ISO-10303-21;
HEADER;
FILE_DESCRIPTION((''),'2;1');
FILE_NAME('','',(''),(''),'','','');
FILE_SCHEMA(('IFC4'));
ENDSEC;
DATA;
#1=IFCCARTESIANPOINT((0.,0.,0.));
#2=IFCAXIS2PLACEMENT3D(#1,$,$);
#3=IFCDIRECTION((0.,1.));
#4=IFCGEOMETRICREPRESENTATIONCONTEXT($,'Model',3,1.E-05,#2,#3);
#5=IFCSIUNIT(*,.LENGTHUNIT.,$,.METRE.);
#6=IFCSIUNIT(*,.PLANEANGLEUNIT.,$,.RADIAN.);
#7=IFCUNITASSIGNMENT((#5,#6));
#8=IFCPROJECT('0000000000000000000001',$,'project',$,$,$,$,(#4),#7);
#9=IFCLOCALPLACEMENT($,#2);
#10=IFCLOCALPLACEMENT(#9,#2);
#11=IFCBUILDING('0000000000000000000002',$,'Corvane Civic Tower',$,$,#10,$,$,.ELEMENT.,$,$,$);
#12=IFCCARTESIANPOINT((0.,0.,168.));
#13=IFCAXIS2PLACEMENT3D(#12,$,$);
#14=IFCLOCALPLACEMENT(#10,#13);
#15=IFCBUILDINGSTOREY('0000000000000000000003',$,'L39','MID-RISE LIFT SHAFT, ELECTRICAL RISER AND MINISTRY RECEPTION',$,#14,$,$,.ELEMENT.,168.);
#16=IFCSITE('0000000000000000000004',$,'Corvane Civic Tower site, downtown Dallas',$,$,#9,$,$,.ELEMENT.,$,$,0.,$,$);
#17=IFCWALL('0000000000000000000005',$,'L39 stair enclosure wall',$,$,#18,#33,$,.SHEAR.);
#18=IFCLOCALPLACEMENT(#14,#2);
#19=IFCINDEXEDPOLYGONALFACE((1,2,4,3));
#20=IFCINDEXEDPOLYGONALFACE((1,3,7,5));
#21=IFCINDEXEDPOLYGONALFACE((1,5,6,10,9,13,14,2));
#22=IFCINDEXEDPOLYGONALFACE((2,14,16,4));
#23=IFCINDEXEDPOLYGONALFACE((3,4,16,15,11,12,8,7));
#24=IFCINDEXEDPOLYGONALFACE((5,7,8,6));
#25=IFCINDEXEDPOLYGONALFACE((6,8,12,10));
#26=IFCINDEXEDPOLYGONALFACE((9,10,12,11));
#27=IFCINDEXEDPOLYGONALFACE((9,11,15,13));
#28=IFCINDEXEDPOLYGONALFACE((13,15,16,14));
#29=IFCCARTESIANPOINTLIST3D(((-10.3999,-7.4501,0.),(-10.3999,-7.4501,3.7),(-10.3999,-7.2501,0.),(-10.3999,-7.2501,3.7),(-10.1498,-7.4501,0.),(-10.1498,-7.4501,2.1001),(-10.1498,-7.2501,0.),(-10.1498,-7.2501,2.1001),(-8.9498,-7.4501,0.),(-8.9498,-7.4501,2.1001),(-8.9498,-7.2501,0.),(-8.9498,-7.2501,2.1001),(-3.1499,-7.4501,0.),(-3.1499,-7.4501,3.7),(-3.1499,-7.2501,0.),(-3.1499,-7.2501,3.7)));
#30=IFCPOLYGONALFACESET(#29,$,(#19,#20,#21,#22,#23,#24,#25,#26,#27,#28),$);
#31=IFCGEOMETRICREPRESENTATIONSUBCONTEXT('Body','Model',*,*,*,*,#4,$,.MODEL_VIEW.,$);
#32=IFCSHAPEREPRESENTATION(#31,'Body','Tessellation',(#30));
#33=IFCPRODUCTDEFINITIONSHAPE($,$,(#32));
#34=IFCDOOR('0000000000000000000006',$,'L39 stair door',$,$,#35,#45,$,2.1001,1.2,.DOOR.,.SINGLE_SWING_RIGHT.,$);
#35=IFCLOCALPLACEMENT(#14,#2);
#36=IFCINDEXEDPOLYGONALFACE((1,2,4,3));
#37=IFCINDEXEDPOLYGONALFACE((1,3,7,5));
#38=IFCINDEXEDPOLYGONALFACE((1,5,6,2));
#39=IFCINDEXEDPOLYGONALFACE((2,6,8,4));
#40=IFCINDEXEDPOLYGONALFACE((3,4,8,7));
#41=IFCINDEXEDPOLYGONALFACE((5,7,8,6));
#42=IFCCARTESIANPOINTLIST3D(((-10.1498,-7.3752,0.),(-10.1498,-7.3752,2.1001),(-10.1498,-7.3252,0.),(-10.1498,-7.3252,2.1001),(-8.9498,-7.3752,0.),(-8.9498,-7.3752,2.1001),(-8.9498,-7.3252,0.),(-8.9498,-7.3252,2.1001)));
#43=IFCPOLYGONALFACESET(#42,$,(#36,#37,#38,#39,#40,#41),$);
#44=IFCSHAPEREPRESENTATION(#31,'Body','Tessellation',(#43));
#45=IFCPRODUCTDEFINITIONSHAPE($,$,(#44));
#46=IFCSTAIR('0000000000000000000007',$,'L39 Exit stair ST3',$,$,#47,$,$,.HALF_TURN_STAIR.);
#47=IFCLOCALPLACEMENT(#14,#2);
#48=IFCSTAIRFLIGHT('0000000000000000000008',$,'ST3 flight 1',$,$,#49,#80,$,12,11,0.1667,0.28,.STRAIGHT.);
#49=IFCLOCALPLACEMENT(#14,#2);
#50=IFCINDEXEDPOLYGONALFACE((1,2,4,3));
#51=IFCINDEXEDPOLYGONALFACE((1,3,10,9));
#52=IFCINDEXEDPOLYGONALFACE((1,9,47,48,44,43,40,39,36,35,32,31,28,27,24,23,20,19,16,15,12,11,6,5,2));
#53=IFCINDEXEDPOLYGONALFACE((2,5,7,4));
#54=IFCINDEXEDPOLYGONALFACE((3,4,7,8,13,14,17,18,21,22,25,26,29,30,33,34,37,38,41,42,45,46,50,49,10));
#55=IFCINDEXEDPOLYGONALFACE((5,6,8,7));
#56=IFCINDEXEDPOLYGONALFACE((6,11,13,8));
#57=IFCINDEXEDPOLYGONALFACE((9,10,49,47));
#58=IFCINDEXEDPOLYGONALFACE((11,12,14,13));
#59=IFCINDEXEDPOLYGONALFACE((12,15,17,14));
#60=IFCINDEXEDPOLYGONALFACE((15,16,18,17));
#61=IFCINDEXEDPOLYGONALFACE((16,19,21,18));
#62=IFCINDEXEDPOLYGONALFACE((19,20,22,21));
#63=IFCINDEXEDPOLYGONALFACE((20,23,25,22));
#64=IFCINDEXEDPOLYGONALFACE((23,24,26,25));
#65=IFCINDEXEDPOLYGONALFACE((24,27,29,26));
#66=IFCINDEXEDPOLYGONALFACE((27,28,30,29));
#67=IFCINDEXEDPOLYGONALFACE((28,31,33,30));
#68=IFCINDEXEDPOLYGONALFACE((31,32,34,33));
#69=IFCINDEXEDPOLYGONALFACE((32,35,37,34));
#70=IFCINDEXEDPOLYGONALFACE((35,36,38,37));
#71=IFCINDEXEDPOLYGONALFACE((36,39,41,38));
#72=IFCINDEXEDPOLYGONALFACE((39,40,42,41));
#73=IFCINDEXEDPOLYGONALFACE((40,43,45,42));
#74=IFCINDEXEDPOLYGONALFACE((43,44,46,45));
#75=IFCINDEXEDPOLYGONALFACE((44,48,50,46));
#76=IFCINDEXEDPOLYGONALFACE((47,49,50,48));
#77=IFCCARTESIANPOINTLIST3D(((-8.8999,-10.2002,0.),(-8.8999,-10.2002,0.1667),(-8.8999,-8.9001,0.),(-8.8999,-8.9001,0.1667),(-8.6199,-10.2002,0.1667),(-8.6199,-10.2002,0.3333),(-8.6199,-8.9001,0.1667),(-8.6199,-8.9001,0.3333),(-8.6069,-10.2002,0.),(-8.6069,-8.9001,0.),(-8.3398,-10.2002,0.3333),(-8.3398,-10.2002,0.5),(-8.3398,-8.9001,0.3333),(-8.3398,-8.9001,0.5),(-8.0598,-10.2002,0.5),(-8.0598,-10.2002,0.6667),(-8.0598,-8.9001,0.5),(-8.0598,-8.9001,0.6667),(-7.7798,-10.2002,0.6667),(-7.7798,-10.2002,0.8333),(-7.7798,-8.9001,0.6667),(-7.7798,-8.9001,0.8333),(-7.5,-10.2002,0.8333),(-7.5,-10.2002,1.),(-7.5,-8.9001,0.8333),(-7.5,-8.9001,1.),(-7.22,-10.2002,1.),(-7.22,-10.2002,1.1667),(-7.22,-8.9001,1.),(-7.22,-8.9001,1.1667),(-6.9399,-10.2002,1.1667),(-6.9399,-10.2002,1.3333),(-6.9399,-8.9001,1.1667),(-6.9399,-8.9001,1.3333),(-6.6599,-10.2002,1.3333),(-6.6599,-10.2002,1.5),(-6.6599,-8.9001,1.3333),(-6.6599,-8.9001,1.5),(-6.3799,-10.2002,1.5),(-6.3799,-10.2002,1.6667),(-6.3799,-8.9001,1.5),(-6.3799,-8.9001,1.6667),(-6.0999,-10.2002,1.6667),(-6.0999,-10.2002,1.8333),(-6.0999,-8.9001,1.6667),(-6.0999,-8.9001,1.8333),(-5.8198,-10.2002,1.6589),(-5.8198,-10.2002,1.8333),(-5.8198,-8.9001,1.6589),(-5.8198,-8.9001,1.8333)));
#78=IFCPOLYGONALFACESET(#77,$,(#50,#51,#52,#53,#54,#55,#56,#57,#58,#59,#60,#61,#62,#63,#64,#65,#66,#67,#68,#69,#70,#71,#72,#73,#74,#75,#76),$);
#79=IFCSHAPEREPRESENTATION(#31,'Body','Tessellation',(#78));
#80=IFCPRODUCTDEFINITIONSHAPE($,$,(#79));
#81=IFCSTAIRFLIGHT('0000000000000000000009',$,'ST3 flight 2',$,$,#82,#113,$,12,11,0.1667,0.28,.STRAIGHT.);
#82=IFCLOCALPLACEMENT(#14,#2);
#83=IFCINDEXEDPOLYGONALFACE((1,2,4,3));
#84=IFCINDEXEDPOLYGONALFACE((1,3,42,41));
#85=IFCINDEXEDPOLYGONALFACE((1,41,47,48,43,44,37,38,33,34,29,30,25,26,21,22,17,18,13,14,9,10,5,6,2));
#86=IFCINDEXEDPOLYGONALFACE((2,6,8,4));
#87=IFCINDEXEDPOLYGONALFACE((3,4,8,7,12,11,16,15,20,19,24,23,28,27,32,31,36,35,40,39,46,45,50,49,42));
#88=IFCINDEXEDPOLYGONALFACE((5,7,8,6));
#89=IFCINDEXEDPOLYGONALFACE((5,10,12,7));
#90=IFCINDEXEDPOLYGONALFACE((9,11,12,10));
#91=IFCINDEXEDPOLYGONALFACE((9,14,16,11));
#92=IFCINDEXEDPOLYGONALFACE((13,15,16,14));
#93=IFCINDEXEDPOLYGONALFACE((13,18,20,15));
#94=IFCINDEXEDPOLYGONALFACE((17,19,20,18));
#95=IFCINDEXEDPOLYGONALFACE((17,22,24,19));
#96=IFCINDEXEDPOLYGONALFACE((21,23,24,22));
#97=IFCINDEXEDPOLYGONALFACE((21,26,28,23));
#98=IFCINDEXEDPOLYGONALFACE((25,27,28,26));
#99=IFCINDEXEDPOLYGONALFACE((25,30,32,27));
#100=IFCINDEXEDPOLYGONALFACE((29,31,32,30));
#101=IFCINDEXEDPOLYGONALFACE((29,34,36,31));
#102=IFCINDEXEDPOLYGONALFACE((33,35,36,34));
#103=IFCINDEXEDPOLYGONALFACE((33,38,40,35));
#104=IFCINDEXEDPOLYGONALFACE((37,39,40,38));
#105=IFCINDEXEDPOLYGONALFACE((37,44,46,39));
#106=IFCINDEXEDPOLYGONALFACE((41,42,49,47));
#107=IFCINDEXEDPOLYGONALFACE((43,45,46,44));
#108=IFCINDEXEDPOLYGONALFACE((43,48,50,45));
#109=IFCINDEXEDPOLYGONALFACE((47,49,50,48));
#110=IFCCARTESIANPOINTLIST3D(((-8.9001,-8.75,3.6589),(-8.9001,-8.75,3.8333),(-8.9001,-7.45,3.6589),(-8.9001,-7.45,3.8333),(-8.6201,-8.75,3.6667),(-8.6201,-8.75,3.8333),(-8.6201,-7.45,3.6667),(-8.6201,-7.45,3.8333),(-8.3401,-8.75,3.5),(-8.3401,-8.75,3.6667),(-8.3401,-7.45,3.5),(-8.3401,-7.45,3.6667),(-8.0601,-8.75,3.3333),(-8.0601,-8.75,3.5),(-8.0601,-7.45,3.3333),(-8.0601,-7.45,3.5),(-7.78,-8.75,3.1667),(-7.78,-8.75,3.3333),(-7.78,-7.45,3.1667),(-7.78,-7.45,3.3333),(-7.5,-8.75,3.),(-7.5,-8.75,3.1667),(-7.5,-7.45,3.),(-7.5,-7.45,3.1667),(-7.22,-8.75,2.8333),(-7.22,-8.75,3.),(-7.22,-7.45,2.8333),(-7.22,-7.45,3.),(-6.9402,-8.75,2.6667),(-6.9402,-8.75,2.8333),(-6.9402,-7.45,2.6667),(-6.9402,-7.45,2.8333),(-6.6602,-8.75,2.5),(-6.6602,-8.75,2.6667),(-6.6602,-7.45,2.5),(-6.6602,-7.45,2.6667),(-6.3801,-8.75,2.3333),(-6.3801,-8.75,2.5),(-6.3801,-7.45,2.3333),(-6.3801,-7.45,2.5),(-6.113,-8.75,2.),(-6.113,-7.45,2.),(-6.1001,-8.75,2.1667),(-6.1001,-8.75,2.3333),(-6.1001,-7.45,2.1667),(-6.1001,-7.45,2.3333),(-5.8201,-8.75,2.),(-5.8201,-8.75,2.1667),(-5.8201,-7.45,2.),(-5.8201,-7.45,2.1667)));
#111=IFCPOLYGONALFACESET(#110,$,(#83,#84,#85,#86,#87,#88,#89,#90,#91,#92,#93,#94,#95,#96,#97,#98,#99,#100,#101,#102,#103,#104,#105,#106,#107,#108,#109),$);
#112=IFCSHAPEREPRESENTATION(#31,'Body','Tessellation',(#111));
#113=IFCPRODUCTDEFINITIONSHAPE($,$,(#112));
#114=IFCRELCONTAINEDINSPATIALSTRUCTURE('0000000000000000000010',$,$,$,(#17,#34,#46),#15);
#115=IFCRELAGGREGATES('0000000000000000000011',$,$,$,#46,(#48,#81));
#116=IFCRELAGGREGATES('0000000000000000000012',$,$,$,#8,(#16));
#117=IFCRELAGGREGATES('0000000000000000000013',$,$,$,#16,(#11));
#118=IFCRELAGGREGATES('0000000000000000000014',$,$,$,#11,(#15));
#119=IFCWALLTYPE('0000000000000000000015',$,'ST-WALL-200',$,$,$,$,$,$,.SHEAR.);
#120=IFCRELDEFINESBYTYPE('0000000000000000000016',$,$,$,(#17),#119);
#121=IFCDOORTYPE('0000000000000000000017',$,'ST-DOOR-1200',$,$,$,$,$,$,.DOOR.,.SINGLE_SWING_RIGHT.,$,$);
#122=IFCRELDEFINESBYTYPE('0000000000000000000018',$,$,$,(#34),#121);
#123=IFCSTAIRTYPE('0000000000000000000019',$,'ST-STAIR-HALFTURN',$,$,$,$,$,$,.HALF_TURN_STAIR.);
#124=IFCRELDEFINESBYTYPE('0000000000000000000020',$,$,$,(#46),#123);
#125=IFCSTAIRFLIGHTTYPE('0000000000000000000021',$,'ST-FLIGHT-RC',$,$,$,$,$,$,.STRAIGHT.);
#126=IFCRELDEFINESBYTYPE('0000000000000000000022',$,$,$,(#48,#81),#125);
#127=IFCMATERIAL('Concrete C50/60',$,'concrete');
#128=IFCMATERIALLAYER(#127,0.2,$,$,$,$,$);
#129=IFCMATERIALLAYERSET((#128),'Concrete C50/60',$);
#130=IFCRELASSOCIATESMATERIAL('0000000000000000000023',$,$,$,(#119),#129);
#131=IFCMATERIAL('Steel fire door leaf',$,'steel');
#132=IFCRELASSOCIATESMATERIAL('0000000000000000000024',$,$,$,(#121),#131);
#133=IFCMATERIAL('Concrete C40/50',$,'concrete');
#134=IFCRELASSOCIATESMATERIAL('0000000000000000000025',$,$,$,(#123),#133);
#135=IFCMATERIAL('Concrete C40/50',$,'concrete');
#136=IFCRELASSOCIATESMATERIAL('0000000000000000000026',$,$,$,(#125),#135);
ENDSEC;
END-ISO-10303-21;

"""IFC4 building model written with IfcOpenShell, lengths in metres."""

from ifc_helpers import new_model, si_unit, direction, frame, frame_2d, origin, place, context, subcontext, project, spatial, polyline, rectangle, outline, extrude, material, layer, layer_set, type_object, element, fill, aggregate, save


model = new_model("IFC4")

# Units and contexts
model_context = context("Model", 3, precision=1e-05, world=origin(), true_north=direction((0.0, 1.0)))
body_context = subcontext(model_context, "Body", "Model", "MODEL_VIEW")
ifc_project = project(units=[si_unit("LENGTHUNIT", "METRE"), si_unit("PLANEANGLEUNIT", "RADIAN")], contexts=[model_context])

# Site, building, storey
site_placement = place(None, origin())
site = spatial("IfcSite", under=ifc_project, at=site_placement, Name="Corvane Civic Tower site, downtown Dallas", CompositionType="ELEMENT", RefElevation=0.0)
building_placement = place(site_placement, origin())
building = spatial("IfcBuilding", under=site, at=building_placement, Name="Corvane Civic Tower", CompositionType="ELEMENT")
storey_placement = place(building_placement, frame((0.0, 0.0, 168.0)))
storey = spatial("IfcBuildingStorey", under=building, at=storey_placement, Name="L39", Description="MID-RISE LIFT SHAFT, ELECTRICAL RISER AND MINISTRY RECEPTION", CompositionType="ELEMENT", Elevation=168.0)

# Wall, opening, door
ifc_material_1 = material(Name="Concrete C50/60", Category="concrete")
ifc_layer_1 = layer(ifc_material_1, 0.2)
ifc_layer_set_1 = layer_set([ifc_layer_1], Name="Concrete C50/60")
wall_type_1 = type_object("IfcWallType", Name="ST-WALL-200", PredefinedType="SHEAR", material=ifc_layer_set_1)
wall_1_placement = place(storey_placement, frame((-10.3999, -7.3501, 0.0), z_axis=(0.0, 0.0, 1.0), x_axis=(1.0, 0.0, 0.0)))
wall_1 = element("IfcWall", 1, at=wall_1_placement, inside=storey, type_object=wall_type_1, Name="L39 stair enclosure wall", PredefinedType="SHEAR", context=body_context, shape_type="SweptSolid", body=[
    extrude(rectangle(XDim=7.25, YDim=0.2, at=frame_2d((3.625, 0.0))), origin(), (0.0, 0.0, 1.0), 3.7),
])
opening_1_placement = place(wall_1_placement, frame((0.25, 0.0, 0.0)))
opening_1 = element("IfcOpeningElement", 2, at=opening_1_placement, cuts=wall_1, PredefinedType="OPENING", context=body_context, shape_type="SweptSolid", body=[
    extrude(rectangle(XDim=1.2, YDim=2.1001, at=frame_2d((0.6001, 1.05))), frame((0.0, 0.1099, 0.0), z_axis=(0.0, -1.0, 0.0), x_axis=(1.0, 0.0, 0.0)), (0.0, 0.0, 1.0), 0.22),
])
ifc_material_2 = material(Name="Steel fire door leaf", Category="steel")
door_type_1 = type_object("IfcDoorType", Name="ST-DOOR-1200", OperationType="SINGLE_SWING_RIGHT", PredefinedType="DOOR", material=ifc_material_2)
door_1_placement = place(opening_1_placement, origin())
door_1 = element("IfcDoor", 3, at=door_1_placement, inside=storey, type_object=door_type_1, Name="L39 stair door", OperationType="SINGLE_SWING_RIGHT", OverallHeight=2.1001, OverallWidth=1.2, PredefinedType="DOOR", context=body_context, shape_type="SweptSolid", body=[
    extrude(rectangle(XDim=1.2, YDim=2.1001, at=frame_2d((0.6001, 1.05))), frame((0.0, 0.0249, 0.0), z_axis=(0.0, -1.0, 0.0), x_axis=(1.0, 0.0, 0.0)), (0.0, 0.0, 1.0), 0.05),
])
fill(opening_1, door_1)

# Stair, stair flights
ifc_material_3 = material(Name="Concrete C40/50", Category="concrete")
stair_type = type_object("IfcStairType", Name="ST-STAIR-HALFTURN", PredefinedType="HALF_TURN_STAIR", material=ifc_material_3)
stair_placement = place(storey_placement, origin())
stair = element("IfcStair", 4, at=stair_placement, inside=storey, type_object=stair_type, Name="L39 Exit stair ST3", PredefinedType="HALF_TURN_STAIR")
ifc_material_4 = material(Name="Concrete C40/50", Category="concrete")
stair_flight_type = type_object("IfcStairFlightType", Name="ST-FLIGHT-RC", PredefinedType="STRAIGHT", material=ifc_material_4)
stair_flight_1_placement = place(storey_placement, frame((-8.8999, -9.55, 0.0), z_axis=(0.0, 0.0, 1.0), x_axis=(1.0, 0.0, 0.0)))
stair_flight_1 = element("IfcStairFlight", 5, at=stair_flight_1_placement, type_object=stair_flight_type, Name="ST3 flight 1", NumberOfRisers=12, NumberOfTreads=11, PredefinedType="STRAIGHT", RiserHeight=0.1667, TreadLength=0.28, context=body_context, shape_type="SweptSolid", body=[
    extrude(outline(polyline([(0.0, 0.0), (0.0, 0.1667), (0.28, 0.1667), (0.28, 0.3333), (0.5601, 0.3333), (0.5601, 0.5), (0.8401, 0.5), (0.8401, 0.6667), (1.1201, 0.6667), (1.1201, 0.8333), (1.3999, 0.8333), (1.3999, 1.0), (1.6799, 1.0), (1.6799, 1.1667), (1.96, 1.1667), (1.96, 1.3333), (2.24, 1.3333), (2.24, 1.5), (2.52, 1.5), (2.52, 1.6667), (2.8, 1.6667), (2.8, 1.8333), (3.0801, 1.8333), (3.0801, 2.0), (3.0801, 1.6589), (0.293, 0.0), (0.0, 0.0)])), frame((0.0, 0.6499, 0.0), z_axis=(0.0, -1.0, 0.0), x_axis=(1.0, 0.0, 0.0)), (0.0, 0.0, 1.0), 1.3),
])
stair_flight_2_placement = place(storey_placement, frame((-5.8201, -8.1001, 2.0), z_axis=(0.0, 0.0, 1.0), x_axis=(-1.0, 0.0, 0.0)))
stair_flight_2 = element("IfcStairFlight", 6, at=stair_flight_2_placement, type_object=stair_flight_type, Name="ST3 flight 2", NumberOfRisers=12, NumberOfTreads=11, PredefinedType="STRAIGHT", RiserHeight=0.1667, TreadLength=0.28, context=body_context, shape_type="SweptSolid", body=[
    extrude(outline(polyline([(0.0, 0.0), (0.0, 0.1667), (0.28, 0.1667), (0.28, 0.3333), (0.5601, 0.3333), (0.5601, 0.5), (0.8401, 0.5), (0.8401, 0.6667), (1.1201, 0.6667), (1.1201, 0.8333), (1.3999, 0.8333), (1.3999, 1.0), (1.6799, 1.0), (1.6799, 1.1667), (1.96, 1.1667), (1.96, 1.3333), (2.24, 1.3333), (2.24, 1.5), (2.52, 1.5), (2.52, 1.6667), (2.8, 1.6667), (2.8, 1.8333), (3.0801, 1.8333), (3.0801, 2.0), (3.0801, 1.6589), (0.293, 0.0), (0.0, 0.0)])), frame((0.0, 0.6499, 0.0), z_axis=(0.0, -1.0, 0.0), x_axis=(1.0, 0.0, 0.0)), (0.0, 0.0, 1.0), 1.3),
])
aggregate(stair, [stair_flight_1, stair_flight_2])

save(model, "model.ifc")
